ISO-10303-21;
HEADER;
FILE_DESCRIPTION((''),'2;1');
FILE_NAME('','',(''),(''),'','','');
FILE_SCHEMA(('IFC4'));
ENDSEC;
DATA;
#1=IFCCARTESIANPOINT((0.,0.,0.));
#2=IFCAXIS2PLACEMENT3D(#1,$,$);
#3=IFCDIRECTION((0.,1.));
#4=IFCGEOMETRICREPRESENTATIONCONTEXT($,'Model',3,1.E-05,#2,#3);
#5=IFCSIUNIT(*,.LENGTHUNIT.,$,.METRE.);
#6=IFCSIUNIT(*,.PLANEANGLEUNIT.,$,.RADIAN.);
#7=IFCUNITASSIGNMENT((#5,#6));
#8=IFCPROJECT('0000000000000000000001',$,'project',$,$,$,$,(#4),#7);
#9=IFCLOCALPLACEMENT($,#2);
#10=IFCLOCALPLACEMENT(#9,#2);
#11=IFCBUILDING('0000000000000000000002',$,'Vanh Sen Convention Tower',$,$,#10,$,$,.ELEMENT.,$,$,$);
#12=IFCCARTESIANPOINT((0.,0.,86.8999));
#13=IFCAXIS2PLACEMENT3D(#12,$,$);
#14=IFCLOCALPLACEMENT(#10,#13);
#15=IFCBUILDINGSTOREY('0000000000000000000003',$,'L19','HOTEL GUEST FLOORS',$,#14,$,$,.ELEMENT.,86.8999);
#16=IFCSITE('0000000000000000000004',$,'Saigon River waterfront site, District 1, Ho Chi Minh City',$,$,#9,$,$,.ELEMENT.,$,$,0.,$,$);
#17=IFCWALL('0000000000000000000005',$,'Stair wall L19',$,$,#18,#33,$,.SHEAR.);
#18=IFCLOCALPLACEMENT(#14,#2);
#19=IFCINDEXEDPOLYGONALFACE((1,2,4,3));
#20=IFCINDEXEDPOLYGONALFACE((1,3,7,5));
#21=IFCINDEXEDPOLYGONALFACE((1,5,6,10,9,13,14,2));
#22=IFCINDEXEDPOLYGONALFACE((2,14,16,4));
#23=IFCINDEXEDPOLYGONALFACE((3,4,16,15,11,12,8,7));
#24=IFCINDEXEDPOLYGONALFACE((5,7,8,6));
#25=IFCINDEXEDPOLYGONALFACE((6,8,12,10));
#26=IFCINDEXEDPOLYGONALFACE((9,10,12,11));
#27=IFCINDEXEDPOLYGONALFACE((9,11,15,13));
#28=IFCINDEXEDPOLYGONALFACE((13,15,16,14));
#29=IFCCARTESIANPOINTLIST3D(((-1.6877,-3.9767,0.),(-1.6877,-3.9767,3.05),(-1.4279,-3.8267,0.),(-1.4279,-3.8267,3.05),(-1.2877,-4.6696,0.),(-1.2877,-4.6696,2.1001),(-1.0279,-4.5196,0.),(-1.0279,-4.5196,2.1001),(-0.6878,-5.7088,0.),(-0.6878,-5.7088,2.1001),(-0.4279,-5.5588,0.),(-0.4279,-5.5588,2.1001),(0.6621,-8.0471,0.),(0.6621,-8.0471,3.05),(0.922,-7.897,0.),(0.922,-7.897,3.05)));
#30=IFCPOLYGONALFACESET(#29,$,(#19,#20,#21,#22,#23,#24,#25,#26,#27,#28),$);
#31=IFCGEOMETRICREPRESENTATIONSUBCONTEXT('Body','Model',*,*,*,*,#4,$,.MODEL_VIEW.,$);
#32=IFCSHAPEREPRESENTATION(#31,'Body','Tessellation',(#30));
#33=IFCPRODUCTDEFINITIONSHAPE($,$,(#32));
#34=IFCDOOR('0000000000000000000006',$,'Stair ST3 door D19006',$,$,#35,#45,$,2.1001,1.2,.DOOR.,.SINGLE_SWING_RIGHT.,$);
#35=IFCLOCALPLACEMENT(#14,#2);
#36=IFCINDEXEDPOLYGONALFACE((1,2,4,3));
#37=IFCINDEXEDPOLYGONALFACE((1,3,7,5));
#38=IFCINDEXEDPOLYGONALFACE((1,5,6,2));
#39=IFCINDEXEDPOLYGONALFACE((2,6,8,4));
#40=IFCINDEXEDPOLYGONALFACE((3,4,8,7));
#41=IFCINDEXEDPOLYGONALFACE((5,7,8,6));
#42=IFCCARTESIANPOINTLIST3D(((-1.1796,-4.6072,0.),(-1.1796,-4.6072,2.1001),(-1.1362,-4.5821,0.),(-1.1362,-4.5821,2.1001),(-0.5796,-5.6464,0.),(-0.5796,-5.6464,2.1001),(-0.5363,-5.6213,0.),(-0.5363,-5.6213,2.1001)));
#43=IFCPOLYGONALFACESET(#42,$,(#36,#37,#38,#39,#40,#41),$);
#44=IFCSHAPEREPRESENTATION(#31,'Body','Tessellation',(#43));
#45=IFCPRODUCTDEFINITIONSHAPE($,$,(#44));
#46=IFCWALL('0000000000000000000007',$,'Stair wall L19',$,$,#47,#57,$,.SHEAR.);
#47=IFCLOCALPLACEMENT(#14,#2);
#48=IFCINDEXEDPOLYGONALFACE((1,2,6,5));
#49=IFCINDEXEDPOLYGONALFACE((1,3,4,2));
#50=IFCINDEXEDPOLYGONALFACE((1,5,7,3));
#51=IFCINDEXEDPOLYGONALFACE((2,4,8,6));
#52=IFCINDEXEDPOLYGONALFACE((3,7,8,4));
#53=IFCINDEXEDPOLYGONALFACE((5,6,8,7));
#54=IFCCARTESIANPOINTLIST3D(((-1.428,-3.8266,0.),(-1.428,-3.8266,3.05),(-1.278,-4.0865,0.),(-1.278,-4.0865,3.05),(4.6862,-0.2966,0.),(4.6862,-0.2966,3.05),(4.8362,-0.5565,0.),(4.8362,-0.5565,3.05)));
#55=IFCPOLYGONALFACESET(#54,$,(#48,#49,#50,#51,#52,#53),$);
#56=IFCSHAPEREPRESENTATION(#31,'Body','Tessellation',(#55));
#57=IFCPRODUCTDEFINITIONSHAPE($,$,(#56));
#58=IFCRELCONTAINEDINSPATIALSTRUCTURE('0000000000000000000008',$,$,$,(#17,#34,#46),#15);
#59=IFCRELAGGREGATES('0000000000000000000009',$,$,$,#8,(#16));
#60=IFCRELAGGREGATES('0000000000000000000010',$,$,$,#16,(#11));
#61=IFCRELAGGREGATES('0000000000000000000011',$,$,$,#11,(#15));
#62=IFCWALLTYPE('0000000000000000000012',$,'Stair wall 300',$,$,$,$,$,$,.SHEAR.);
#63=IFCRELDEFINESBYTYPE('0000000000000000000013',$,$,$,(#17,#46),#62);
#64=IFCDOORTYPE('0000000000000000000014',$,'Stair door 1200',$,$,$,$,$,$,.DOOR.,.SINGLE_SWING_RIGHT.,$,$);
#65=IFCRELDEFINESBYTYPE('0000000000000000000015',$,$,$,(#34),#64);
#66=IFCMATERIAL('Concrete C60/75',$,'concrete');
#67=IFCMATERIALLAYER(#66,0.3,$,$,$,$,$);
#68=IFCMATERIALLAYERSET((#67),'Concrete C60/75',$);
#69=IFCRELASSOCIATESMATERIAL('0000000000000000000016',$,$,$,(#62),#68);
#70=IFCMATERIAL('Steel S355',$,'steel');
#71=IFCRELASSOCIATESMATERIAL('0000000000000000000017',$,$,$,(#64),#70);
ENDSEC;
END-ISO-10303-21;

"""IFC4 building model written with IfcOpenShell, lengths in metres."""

from ifc_helpers import new_model, si_unit, direction, frame, frame_2d, origin, place, context, subcontext, project, spatial, rectangle, extrude, material, layer, layer_set, type_object, element, fill, save


model = new_model("IFC4")

# Units and contexts
model_context = context("Model", 3, precision=1e-05, world=origin(), true_north=direction((0.0, 1.0)))
body_context = subcontext(model_context, "Body", "Model", "MODEL_VIEW")
ifc_project = project(units=[si_unit("LENGTHUNIT", "METRE"), si_unit("PLANEANGLEUNIT", "RADIAN")], contexts=[model_context])

# Site, building, storey
site_placement = place(None, origin())
site = spatial("IfcSite", under=ifc_project, at=site_placement, Name="Saigon River waterfront site, District 1, Ho Chi Minh City", CompositionType="ELEMENT", RefElevation=0.0)
building_placement = place(site_placement, origin())
building = spatial("IfcBuilding", under=site, at=building_placement, Name="Vanh Sen Convention Tower", CompositionType="ELEMENT")
storey_placement = place(building_placement, frame((0.0, 0.0, 86.8999)))
storey = spatial("IfcBuildingStorey", under=building, at=storey_placement, Name="L19", Description="HOTEL GUEST FLOORS", CompositionType="ELEMENT", Elevation=86.8999)

# Shared definitions
ifc_material_1 = material(Name="Steel S355", Category="steel")

# Shared definitions
ifc_material_2 = material(Name="Concrete C60/75", Category="concrete")
ifc_layer_1 = layer(ifc_material_2, 0.3)
ifc_layer_set_1 = layer_set([ifc_layer_1], Name="Concrete C60/75")
wall_type_1 = type_object("IfcWallType", Name="Stair wall 300", PredefinedType="SHEAR", material=ifc_layer_set_1)

# Wall, opening, door
wall_1_placement = place(storey_placement, frame((-1.5579, -3.9016, 0.0), z_axis=(0.0, 0.0, 1.0), x_axis=(0.499977, -0.866039, 0.0)))
wall_1 = element("IfcWall", 1, at=wall_1_placement, inside=storey, type_object=wall_type_1, Name="Stair wall L19", PredefinedType="SHEAR", context=body_context, shape_type="SweptSolid", body=[
    extrude(rectangle(XDim=4.7, YDim=0.3, at=frame_2d((2.3501, 0.0))), origin(), (0.0, 0.0, 1.0), 3.05),
])
opening_1_placement = place(wall_1_placement, frame((0.8, 0.0, 0.0)))
opening_1 = element("IfcOpeningElement", 2, at=opening_1_placement, cuts=wall_1, PredefinedType="OPENING", context=body_context, shape_type="SweptSolid", body=[
    extrude(rectangle(XDim=1.2, YDim=2.1001, at=frame_2d((0.6001, 1.05))), frame((0.0, 0.1599, 0.0), z_axis=(0.0, -1.0, 0.0), x_axis=(1.0, 0.0, 0.0)), (0.0, 0.0, 1.0), 0.3201),
])
door_type_1 = type_object("IfcDoorType", Name="Stair door 1200", OperationType="SINGLE_SWING_RIGHT", PredefinedType="DOOR", material=ifc_material_1)
door_1_placement = place(opening_1_placement, origin())
door_1 = element("IfcDoor", 3, at=door_1_placement, inside=storey, type_object=door_type_1, Name="Stair ST3 door D19006", OperationType="SINGLE_SWING_RIGHT", OverallHeight=2.1001, OverallWidth=1.2, PredefinedType="DOOR", context=body_context, shape_type="SweptSolid", body=[
    extrude(rectangle(XDim=1.2, YDim=2.1001, at=frame_2d((0.6001, 1.05))), frame((0.0, 0.0249, 0.0), z_axis=(0.0, -1.0, 0.0), x_axis=(1.0, 0.0, 0.0)), (0.0, 0.0, 1.0), 0.05),
])
fill(opening_1, door_1)

# Wall
wall_2_placement = place(storey_placement, frame((-1.353, -3.9565, 0.0), z_axis=(0.0, 0.0, 1.0), x_axis=(0.866028, 0.499996, 0.0)))
element("IfcWall", 4, at=wall_2_placement, inside=storey, type_object=wall_type_1, Name="Stair wall L19", PredefinedType="SHEAR", context=body_context, shape_type="SweptSolid", body=[
    extrude(rectangle(XDim=7.0601, YDim=0.3, at=frame_2d((3.53, 0.0))), origin(), (0.0, 0.0, 1.0), 3.05),
])

save(model, "model.ifc")
